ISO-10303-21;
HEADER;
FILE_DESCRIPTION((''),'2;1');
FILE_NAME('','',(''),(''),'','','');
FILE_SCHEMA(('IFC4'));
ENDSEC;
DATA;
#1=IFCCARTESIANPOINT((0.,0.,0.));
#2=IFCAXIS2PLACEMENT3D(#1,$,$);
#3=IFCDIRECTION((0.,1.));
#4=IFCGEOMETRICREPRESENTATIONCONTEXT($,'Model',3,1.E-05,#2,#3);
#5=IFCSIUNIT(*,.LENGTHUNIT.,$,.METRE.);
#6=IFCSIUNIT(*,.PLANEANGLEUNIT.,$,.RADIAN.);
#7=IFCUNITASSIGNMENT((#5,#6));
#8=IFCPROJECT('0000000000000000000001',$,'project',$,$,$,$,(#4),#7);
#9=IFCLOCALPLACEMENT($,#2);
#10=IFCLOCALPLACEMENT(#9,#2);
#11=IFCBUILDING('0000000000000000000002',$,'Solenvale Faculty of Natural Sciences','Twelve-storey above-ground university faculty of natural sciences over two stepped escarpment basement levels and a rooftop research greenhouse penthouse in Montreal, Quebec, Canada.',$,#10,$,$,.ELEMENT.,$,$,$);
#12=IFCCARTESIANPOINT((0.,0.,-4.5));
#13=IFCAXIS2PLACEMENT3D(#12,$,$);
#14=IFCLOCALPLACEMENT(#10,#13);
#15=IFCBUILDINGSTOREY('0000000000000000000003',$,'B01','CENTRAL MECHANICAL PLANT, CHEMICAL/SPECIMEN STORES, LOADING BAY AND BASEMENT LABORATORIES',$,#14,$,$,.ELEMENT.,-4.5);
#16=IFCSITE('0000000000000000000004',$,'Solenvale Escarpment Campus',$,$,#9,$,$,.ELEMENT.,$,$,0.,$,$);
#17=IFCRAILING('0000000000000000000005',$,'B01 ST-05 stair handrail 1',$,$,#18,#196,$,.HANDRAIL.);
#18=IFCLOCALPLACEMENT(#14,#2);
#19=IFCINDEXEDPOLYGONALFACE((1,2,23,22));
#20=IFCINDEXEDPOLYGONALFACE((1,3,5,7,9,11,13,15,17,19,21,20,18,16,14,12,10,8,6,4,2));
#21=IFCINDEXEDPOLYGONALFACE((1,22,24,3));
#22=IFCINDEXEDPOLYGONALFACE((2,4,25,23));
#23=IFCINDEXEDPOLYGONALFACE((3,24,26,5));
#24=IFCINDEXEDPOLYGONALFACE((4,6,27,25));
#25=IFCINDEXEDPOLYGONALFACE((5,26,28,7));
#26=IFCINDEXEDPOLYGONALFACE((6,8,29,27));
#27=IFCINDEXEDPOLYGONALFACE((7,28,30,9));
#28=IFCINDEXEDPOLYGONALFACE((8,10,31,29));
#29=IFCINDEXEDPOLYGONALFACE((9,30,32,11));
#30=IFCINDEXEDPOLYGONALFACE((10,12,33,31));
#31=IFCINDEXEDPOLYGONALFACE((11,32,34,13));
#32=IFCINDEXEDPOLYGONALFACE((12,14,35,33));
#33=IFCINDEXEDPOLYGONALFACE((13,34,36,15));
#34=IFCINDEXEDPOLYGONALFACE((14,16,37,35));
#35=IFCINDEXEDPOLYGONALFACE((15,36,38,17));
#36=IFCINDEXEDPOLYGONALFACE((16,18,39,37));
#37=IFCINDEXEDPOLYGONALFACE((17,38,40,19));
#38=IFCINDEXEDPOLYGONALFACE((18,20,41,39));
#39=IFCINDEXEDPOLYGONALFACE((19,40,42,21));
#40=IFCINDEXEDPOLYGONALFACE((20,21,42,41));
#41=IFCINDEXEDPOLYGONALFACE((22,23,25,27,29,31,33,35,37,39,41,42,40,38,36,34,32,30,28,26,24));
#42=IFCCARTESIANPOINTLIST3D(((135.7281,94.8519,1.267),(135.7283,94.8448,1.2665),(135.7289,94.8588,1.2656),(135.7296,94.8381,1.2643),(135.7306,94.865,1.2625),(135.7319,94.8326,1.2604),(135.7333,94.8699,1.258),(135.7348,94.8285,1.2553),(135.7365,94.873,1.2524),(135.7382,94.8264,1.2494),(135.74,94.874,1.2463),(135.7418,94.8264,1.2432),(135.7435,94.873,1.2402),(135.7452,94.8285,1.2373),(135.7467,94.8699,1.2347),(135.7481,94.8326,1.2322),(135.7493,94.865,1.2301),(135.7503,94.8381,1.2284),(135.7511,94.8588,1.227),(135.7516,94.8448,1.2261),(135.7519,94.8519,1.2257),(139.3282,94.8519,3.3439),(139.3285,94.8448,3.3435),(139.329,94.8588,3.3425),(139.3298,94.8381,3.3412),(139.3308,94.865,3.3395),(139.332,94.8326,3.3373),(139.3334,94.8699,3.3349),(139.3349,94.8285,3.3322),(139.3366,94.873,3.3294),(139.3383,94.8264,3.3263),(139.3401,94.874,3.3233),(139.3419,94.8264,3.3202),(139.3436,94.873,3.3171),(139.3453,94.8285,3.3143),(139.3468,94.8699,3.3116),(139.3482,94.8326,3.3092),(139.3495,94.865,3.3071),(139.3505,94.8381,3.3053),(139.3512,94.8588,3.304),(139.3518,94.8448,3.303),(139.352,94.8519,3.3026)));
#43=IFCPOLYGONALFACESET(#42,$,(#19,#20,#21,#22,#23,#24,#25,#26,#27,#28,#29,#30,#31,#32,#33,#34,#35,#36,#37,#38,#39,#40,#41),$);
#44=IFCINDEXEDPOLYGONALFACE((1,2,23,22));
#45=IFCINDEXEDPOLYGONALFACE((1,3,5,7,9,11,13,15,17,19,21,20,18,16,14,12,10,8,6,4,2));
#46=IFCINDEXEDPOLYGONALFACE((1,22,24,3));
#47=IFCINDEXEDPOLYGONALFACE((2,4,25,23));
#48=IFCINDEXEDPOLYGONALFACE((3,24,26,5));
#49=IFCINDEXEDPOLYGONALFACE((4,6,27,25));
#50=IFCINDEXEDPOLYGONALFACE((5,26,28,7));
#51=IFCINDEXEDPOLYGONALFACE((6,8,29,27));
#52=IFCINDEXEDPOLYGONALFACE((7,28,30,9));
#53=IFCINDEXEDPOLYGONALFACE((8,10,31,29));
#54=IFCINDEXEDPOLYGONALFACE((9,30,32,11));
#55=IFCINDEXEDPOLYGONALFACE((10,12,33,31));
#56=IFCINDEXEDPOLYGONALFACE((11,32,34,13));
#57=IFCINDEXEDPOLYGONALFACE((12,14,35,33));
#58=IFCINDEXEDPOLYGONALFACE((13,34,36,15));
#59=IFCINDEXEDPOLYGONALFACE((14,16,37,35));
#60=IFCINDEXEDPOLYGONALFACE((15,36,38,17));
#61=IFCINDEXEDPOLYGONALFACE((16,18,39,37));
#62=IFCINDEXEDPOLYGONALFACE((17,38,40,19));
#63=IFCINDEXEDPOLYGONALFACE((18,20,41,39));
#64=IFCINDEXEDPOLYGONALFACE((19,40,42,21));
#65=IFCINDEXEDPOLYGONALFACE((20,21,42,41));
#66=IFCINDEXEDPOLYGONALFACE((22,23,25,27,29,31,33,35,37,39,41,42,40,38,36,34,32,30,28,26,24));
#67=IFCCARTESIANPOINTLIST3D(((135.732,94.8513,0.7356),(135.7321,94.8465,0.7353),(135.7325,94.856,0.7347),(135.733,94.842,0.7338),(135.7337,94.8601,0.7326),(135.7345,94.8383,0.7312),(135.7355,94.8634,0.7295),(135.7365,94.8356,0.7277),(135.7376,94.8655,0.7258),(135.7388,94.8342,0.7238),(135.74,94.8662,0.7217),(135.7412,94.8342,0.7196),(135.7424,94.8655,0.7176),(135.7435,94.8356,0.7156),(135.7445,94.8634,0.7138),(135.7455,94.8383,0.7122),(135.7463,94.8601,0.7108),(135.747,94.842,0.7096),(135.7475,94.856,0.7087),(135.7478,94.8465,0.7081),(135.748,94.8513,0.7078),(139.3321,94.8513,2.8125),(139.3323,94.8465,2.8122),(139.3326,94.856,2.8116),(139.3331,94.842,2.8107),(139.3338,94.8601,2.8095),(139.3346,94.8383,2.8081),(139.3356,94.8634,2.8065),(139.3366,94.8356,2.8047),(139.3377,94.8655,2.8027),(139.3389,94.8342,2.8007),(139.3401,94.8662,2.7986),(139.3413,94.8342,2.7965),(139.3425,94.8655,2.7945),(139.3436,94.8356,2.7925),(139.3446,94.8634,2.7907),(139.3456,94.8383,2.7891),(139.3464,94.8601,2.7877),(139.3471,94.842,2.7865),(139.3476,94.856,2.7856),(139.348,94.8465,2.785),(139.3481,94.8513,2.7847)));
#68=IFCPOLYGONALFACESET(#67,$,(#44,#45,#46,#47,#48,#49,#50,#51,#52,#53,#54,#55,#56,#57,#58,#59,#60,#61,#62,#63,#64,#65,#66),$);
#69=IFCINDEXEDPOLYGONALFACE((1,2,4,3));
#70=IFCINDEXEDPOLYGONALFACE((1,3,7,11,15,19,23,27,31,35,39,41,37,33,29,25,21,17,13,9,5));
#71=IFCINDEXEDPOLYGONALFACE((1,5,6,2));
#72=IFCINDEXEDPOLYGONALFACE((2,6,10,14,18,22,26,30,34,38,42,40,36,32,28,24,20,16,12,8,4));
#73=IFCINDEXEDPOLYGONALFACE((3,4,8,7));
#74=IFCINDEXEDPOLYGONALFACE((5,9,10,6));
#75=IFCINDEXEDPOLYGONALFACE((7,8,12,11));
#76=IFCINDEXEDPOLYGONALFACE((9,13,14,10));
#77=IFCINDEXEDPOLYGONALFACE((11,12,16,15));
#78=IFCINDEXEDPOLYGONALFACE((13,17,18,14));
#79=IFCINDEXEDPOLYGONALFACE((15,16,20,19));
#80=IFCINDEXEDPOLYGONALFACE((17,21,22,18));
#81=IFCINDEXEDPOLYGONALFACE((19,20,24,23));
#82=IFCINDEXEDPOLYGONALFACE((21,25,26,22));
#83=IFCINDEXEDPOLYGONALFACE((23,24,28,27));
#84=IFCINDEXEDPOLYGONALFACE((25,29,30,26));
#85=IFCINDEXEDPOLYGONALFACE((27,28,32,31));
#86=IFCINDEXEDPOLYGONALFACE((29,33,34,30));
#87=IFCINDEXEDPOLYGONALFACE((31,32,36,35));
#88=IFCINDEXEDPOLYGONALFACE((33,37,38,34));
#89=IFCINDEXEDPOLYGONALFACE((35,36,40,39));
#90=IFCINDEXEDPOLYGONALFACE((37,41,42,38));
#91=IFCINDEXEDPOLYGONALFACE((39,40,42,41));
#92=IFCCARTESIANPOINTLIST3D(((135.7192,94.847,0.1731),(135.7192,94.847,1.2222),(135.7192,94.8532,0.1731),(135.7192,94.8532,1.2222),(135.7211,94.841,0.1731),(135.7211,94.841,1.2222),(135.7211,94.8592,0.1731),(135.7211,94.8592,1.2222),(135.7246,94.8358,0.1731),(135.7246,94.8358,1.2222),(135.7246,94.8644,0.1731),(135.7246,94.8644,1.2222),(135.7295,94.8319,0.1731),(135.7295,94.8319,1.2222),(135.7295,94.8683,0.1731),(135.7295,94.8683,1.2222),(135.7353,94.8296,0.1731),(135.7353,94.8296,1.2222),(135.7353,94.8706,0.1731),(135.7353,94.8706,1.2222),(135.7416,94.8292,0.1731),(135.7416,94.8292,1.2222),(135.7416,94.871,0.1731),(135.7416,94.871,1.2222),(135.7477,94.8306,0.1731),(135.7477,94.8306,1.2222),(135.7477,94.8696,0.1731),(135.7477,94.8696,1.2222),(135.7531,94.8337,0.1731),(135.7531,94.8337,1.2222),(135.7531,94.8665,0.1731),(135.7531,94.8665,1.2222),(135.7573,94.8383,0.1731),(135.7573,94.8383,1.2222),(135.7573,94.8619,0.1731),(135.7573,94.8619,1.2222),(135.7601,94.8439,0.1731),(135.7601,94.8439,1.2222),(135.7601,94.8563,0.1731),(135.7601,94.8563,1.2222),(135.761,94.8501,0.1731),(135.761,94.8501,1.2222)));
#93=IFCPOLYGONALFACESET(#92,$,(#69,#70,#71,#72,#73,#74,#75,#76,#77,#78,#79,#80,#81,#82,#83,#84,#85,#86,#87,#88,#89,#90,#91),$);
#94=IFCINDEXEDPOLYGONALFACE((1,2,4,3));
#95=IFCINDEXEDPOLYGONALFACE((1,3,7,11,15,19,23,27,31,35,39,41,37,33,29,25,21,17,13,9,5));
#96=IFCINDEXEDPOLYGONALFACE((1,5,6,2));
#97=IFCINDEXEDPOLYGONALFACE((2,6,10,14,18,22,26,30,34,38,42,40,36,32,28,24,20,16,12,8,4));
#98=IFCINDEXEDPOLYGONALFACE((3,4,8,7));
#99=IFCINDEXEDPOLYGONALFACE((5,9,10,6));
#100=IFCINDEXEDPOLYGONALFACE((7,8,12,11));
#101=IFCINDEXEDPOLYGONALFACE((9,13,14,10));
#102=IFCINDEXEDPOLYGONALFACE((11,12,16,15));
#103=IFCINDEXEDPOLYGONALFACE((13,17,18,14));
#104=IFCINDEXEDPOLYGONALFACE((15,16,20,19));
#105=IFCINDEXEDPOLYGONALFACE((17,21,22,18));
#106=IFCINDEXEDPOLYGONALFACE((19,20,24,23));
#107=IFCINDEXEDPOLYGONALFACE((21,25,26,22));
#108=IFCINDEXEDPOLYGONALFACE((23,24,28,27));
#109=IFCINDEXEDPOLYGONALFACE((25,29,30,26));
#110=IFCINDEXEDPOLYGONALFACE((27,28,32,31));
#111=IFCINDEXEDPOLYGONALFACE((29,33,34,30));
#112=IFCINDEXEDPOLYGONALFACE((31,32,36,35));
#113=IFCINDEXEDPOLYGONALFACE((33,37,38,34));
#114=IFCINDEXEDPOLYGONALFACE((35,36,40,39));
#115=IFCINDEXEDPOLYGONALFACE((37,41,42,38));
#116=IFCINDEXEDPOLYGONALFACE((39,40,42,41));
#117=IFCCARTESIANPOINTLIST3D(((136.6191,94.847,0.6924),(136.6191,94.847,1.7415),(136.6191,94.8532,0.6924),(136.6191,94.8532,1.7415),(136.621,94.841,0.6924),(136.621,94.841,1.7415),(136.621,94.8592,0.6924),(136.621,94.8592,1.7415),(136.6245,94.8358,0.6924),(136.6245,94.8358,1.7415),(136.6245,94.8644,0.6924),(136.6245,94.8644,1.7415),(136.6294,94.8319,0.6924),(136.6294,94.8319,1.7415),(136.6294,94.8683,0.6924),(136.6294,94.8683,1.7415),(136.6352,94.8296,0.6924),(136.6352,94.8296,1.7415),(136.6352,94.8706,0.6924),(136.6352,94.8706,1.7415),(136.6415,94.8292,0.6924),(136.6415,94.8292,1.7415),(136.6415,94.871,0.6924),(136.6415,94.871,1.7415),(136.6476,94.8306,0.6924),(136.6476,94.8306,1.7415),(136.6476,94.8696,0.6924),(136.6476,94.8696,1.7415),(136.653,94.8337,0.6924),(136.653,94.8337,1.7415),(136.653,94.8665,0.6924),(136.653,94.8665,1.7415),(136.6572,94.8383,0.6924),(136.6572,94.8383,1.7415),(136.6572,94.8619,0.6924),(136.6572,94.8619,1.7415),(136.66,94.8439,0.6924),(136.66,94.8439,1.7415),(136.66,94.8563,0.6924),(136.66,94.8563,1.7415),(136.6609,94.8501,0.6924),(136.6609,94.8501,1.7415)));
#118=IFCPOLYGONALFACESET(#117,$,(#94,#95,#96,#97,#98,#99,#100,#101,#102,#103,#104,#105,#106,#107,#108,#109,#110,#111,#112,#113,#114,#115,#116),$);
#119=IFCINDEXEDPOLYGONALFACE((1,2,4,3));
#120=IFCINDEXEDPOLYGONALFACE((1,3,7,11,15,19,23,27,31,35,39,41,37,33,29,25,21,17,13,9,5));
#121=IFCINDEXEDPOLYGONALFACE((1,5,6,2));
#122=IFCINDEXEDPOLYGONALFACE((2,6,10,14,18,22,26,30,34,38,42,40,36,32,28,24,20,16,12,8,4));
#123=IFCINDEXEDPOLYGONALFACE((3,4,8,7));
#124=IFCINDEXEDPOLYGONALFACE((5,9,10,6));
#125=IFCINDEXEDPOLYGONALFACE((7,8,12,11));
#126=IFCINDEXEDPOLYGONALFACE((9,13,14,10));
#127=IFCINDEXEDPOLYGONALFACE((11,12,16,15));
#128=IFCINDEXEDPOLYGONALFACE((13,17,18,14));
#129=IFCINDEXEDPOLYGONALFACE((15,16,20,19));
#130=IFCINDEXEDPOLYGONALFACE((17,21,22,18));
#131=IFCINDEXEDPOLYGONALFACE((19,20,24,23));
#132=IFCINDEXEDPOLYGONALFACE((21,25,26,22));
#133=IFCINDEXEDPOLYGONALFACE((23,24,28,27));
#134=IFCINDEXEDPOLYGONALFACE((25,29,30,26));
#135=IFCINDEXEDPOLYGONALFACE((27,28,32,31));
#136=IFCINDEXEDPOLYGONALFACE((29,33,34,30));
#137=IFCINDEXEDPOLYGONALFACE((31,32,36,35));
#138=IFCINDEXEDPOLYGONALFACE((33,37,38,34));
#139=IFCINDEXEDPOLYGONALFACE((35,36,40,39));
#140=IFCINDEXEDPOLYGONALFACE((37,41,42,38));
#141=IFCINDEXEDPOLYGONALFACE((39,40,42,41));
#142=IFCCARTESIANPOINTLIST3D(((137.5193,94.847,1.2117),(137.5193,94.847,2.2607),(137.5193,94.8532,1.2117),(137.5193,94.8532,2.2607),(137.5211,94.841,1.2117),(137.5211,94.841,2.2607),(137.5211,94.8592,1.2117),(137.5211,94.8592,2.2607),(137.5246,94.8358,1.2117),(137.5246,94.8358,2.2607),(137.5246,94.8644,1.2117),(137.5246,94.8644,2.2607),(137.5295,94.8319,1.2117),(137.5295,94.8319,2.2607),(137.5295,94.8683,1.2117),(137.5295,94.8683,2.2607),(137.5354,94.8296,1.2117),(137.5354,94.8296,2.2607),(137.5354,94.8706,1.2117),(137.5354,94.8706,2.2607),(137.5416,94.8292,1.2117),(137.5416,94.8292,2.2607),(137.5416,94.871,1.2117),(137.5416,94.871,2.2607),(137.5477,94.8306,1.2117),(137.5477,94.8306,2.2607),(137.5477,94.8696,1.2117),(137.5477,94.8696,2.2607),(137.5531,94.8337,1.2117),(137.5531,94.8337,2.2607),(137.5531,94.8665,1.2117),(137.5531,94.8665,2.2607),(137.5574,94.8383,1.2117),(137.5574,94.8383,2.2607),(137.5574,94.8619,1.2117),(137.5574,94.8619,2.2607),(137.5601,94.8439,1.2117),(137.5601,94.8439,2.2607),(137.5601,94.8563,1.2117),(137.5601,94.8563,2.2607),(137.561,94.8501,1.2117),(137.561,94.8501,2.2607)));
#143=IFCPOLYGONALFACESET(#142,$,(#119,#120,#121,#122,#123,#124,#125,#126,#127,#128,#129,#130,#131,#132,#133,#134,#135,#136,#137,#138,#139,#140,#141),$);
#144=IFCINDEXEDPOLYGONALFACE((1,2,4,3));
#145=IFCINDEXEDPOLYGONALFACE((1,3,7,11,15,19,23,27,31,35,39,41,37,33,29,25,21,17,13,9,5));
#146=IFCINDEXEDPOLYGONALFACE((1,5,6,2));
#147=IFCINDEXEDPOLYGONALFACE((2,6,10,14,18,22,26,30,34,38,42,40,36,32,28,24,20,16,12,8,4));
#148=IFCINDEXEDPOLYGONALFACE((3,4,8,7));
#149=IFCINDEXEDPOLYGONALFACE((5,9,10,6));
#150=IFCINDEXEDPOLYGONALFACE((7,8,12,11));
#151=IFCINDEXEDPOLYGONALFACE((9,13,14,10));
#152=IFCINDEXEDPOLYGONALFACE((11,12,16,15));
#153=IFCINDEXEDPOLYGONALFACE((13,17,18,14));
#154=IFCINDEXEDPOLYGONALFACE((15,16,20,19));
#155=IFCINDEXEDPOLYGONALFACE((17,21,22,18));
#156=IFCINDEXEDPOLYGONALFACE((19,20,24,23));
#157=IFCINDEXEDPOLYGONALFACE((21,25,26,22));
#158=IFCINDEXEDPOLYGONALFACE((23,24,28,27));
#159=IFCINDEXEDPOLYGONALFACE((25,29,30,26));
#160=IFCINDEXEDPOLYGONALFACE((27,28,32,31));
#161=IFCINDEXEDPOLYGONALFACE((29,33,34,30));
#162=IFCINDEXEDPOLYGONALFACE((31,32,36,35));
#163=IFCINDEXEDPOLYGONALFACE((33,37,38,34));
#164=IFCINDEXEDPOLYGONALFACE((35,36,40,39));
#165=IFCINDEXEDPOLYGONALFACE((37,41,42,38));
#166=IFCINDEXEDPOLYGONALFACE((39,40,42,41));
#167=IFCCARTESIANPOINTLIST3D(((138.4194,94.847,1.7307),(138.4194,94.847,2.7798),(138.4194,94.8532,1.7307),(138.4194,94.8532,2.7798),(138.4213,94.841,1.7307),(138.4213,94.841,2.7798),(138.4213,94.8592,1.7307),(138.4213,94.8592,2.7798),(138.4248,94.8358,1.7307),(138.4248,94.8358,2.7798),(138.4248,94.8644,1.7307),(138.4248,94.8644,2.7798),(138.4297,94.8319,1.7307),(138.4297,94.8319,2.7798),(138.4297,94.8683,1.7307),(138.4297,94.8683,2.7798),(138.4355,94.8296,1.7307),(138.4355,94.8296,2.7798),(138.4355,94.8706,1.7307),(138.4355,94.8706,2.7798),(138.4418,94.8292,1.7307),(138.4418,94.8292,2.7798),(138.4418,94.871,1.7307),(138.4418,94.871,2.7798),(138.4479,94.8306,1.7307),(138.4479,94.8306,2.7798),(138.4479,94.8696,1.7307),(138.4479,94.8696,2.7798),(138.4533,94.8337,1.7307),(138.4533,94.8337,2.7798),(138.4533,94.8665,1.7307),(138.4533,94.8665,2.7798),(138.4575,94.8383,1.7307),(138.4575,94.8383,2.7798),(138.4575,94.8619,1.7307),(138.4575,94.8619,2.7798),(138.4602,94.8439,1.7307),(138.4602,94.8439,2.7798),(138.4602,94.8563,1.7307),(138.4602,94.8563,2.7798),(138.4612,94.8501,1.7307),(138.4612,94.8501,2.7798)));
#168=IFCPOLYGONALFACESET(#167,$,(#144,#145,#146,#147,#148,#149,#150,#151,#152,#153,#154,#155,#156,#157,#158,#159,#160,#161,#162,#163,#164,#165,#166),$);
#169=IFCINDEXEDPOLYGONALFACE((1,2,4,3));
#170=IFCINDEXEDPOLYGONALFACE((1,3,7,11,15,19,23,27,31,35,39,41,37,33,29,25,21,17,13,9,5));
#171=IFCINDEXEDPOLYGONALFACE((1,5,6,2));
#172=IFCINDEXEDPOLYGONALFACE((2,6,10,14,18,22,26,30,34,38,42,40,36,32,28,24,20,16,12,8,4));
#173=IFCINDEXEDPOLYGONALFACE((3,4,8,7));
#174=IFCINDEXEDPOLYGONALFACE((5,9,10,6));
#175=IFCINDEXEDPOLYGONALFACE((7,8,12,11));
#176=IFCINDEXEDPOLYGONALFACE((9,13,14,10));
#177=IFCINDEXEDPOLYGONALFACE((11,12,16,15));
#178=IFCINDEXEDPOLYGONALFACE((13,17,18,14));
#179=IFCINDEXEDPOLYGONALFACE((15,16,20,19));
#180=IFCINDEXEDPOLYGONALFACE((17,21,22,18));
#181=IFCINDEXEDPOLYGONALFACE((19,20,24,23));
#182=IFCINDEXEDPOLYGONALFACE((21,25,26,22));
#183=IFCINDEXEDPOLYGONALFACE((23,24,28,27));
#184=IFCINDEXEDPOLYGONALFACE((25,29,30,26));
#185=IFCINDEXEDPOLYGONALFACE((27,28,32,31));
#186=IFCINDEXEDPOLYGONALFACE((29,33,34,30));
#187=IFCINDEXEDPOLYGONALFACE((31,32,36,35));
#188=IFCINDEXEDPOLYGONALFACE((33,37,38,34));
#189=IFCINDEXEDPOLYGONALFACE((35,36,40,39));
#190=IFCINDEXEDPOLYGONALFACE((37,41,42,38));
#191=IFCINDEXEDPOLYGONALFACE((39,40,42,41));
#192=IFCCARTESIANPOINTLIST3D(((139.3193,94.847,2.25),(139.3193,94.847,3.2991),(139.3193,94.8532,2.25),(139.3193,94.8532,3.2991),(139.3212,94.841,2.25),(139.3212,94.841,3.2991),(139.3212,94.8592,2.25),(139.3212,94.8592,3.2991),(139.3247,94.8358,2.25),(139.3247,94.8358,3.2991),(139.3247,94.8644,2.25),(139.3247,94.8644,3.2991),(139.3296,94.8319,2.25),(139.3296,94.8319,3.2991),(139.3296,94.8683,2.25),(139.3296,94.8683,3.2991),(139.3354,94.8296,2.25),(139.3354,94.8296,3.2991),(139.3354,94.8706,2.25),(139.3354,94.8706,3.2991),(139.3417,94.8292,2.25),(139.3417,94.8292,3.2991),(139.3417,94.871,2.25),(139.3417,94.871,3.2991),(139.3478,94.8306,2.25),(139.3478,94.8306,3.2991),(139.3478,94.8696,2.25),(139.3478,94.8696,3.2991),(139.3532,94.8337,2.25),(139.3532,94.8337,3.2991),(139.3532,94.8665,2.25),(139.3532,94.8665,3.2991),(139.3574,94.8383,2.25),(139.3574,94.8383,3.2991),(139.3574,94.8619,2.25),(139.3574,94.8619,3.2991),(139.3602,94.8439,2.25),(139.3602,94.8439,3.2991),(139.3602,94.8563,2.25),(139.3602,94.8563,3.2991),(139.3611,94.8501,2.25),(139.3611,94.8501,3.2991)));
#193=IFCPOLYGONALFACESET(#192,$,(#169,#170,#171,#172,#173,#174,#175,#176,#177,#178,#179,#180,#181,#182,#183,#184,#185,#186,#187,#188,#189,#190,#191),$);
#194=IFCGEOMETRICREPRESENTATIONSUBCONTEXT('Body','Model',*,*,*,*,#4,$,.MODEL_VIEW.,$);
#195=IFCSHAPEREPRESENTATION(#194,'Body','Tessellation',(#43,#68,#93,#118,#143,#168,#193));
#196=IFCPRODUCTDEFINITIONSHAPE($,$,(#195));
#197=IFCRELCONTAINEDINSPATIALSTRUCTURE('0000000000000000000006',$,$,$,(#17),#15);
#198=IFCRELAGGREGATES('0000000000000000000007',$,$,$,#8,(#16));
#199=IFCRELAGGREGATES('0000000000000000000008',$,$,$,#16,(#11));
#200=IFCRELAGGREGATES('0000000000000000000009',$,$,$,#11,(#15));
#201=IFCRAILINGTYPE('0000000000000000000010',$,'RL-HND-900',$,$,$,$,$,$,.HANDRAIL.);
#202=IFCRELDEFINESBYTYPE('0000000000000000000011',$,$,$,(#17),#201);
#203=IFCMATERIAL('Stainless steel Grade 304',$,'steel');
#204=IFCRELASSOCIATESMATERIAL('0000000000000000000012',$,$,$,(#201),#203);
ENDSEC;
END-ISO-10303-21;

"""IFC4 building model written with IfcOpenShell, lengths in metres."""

from ifc_helpers import new_model, si_unit, direction, frame, origin, origin_2d, place, context, subcontext, project, spatial, circle, extrude, material, type_object, element, save


model = new_model("IFC4")

# Units and contexts
model_context = context("Model", 3, precision=1e-05, world=origin(), true_north=direction((0.0, 1.0)))
body_context = subcontext(model_context, "Body", "Model", "MODEL_VIEW")
ifc_project = project(units=[si_unit("LENGTHUNIT", "METRE"), si_unit("PLANEANGLEUNIT", "RADIAN")], contexts=[model_context])

# Site, building, storey
site_placement = place(None, origin())
site = spatial("IfcSite", under=ifc_project, at=site_placement, Name="Solenvale Escarpment Campus", CompositionType="ELEMENT", RefElevation=0.0)
building_placement = place(site_placement, origin())
building = spatial("IfcBuilding", under=site, at=building_placement, Name="Solenvale Faculty of Natural Sciences", Description="Twelve-storey above-ground university faculty of natural sciences over two stepped escarpment basement levels and a rooftop research greenhouse penthouse in Montreal, Quebec, Canada.", CompositionType="ELEMENT")
storey_placement = place(building_placement, frame((0.0, 0.0, -4.5)))
storey = spatial("IfcBuildingStorey", under=building, at=storey_placement, Name="B01", Description="CENTRAL MECHANICAL PLANT, CHEMICAL/SPECIMEN STORES, LOADING BAY AND BASEMENT LABORATORIES", CompositionType="ELEMENT", Elevation=-4.5)

# Shared definitions
ifc_material_1 = material(Name="Stainless steel Grade 304", Category="steel")

# Railing
railing_type_1 = type_object("IfcRailingType", Name="RL-HND-900", PredefinedType="HANDRAIL", material=ifc_material_1)
railing_1_placement = place(storey_placement, frame((135.74, 94.8501, 0.1731)))
element("IfcRailing", 1, at=railing_1_placement, inside=storey, type_object=railing_type_1, Name="B01 ST-05 stair handrail 1", PredefinedType="HANDRAIL", context=body_context, shape_type="SweptSolid", body=[
    extrude(circle(Radius=0.0239, at=origin_2d()), frame((0.0, 0.0, 1.0732), z_axis=(0.866193, 0.0, 0.499709), x_axis=(0.0, 1.0, 0.0)), (0.0, 0.0, 1.0), 4.1562),
    extrude(circle(Radius=0.0161, at=origin_2d()), frame((0.0, 0.0, 0.5486), z_axis=(0.866193, 0.0, 0.499709), x_axis=(0.0, 1.0, 0.0)), (0.0, 0.0, 1.0), 4.1562),
    extrude(circle(Radius=0.021, at=origin_2d()), origin(), (0.0, 0.0, 1.0), 1.0491),
    extrude(circle(Radius=0.021, at=origin_2d()), frame((0.8999, 0.0, 0.5193)), (0.0, 0.0, 1.0), 1.0491),
    extrude(circle(Radius=0.021, at=origin_2d()), frame((1.8, 0.0, 1.0386)), (0.0, 0.0, 1.0), 1.0491),
    extrude(circle(Radius=0.021, at=origin_2d()), frame((2.7002, 0.0, 1.5576)), (0.0, 0.0, 1.0), 1.0491),
    extrude(circle(Radius=0.021, at=origin_2d()), frame((3.6001, 0.0, 2.0769)), (0.0, 0.0, 1.0), 1.0491),
])

save(model, "model.ifc")
